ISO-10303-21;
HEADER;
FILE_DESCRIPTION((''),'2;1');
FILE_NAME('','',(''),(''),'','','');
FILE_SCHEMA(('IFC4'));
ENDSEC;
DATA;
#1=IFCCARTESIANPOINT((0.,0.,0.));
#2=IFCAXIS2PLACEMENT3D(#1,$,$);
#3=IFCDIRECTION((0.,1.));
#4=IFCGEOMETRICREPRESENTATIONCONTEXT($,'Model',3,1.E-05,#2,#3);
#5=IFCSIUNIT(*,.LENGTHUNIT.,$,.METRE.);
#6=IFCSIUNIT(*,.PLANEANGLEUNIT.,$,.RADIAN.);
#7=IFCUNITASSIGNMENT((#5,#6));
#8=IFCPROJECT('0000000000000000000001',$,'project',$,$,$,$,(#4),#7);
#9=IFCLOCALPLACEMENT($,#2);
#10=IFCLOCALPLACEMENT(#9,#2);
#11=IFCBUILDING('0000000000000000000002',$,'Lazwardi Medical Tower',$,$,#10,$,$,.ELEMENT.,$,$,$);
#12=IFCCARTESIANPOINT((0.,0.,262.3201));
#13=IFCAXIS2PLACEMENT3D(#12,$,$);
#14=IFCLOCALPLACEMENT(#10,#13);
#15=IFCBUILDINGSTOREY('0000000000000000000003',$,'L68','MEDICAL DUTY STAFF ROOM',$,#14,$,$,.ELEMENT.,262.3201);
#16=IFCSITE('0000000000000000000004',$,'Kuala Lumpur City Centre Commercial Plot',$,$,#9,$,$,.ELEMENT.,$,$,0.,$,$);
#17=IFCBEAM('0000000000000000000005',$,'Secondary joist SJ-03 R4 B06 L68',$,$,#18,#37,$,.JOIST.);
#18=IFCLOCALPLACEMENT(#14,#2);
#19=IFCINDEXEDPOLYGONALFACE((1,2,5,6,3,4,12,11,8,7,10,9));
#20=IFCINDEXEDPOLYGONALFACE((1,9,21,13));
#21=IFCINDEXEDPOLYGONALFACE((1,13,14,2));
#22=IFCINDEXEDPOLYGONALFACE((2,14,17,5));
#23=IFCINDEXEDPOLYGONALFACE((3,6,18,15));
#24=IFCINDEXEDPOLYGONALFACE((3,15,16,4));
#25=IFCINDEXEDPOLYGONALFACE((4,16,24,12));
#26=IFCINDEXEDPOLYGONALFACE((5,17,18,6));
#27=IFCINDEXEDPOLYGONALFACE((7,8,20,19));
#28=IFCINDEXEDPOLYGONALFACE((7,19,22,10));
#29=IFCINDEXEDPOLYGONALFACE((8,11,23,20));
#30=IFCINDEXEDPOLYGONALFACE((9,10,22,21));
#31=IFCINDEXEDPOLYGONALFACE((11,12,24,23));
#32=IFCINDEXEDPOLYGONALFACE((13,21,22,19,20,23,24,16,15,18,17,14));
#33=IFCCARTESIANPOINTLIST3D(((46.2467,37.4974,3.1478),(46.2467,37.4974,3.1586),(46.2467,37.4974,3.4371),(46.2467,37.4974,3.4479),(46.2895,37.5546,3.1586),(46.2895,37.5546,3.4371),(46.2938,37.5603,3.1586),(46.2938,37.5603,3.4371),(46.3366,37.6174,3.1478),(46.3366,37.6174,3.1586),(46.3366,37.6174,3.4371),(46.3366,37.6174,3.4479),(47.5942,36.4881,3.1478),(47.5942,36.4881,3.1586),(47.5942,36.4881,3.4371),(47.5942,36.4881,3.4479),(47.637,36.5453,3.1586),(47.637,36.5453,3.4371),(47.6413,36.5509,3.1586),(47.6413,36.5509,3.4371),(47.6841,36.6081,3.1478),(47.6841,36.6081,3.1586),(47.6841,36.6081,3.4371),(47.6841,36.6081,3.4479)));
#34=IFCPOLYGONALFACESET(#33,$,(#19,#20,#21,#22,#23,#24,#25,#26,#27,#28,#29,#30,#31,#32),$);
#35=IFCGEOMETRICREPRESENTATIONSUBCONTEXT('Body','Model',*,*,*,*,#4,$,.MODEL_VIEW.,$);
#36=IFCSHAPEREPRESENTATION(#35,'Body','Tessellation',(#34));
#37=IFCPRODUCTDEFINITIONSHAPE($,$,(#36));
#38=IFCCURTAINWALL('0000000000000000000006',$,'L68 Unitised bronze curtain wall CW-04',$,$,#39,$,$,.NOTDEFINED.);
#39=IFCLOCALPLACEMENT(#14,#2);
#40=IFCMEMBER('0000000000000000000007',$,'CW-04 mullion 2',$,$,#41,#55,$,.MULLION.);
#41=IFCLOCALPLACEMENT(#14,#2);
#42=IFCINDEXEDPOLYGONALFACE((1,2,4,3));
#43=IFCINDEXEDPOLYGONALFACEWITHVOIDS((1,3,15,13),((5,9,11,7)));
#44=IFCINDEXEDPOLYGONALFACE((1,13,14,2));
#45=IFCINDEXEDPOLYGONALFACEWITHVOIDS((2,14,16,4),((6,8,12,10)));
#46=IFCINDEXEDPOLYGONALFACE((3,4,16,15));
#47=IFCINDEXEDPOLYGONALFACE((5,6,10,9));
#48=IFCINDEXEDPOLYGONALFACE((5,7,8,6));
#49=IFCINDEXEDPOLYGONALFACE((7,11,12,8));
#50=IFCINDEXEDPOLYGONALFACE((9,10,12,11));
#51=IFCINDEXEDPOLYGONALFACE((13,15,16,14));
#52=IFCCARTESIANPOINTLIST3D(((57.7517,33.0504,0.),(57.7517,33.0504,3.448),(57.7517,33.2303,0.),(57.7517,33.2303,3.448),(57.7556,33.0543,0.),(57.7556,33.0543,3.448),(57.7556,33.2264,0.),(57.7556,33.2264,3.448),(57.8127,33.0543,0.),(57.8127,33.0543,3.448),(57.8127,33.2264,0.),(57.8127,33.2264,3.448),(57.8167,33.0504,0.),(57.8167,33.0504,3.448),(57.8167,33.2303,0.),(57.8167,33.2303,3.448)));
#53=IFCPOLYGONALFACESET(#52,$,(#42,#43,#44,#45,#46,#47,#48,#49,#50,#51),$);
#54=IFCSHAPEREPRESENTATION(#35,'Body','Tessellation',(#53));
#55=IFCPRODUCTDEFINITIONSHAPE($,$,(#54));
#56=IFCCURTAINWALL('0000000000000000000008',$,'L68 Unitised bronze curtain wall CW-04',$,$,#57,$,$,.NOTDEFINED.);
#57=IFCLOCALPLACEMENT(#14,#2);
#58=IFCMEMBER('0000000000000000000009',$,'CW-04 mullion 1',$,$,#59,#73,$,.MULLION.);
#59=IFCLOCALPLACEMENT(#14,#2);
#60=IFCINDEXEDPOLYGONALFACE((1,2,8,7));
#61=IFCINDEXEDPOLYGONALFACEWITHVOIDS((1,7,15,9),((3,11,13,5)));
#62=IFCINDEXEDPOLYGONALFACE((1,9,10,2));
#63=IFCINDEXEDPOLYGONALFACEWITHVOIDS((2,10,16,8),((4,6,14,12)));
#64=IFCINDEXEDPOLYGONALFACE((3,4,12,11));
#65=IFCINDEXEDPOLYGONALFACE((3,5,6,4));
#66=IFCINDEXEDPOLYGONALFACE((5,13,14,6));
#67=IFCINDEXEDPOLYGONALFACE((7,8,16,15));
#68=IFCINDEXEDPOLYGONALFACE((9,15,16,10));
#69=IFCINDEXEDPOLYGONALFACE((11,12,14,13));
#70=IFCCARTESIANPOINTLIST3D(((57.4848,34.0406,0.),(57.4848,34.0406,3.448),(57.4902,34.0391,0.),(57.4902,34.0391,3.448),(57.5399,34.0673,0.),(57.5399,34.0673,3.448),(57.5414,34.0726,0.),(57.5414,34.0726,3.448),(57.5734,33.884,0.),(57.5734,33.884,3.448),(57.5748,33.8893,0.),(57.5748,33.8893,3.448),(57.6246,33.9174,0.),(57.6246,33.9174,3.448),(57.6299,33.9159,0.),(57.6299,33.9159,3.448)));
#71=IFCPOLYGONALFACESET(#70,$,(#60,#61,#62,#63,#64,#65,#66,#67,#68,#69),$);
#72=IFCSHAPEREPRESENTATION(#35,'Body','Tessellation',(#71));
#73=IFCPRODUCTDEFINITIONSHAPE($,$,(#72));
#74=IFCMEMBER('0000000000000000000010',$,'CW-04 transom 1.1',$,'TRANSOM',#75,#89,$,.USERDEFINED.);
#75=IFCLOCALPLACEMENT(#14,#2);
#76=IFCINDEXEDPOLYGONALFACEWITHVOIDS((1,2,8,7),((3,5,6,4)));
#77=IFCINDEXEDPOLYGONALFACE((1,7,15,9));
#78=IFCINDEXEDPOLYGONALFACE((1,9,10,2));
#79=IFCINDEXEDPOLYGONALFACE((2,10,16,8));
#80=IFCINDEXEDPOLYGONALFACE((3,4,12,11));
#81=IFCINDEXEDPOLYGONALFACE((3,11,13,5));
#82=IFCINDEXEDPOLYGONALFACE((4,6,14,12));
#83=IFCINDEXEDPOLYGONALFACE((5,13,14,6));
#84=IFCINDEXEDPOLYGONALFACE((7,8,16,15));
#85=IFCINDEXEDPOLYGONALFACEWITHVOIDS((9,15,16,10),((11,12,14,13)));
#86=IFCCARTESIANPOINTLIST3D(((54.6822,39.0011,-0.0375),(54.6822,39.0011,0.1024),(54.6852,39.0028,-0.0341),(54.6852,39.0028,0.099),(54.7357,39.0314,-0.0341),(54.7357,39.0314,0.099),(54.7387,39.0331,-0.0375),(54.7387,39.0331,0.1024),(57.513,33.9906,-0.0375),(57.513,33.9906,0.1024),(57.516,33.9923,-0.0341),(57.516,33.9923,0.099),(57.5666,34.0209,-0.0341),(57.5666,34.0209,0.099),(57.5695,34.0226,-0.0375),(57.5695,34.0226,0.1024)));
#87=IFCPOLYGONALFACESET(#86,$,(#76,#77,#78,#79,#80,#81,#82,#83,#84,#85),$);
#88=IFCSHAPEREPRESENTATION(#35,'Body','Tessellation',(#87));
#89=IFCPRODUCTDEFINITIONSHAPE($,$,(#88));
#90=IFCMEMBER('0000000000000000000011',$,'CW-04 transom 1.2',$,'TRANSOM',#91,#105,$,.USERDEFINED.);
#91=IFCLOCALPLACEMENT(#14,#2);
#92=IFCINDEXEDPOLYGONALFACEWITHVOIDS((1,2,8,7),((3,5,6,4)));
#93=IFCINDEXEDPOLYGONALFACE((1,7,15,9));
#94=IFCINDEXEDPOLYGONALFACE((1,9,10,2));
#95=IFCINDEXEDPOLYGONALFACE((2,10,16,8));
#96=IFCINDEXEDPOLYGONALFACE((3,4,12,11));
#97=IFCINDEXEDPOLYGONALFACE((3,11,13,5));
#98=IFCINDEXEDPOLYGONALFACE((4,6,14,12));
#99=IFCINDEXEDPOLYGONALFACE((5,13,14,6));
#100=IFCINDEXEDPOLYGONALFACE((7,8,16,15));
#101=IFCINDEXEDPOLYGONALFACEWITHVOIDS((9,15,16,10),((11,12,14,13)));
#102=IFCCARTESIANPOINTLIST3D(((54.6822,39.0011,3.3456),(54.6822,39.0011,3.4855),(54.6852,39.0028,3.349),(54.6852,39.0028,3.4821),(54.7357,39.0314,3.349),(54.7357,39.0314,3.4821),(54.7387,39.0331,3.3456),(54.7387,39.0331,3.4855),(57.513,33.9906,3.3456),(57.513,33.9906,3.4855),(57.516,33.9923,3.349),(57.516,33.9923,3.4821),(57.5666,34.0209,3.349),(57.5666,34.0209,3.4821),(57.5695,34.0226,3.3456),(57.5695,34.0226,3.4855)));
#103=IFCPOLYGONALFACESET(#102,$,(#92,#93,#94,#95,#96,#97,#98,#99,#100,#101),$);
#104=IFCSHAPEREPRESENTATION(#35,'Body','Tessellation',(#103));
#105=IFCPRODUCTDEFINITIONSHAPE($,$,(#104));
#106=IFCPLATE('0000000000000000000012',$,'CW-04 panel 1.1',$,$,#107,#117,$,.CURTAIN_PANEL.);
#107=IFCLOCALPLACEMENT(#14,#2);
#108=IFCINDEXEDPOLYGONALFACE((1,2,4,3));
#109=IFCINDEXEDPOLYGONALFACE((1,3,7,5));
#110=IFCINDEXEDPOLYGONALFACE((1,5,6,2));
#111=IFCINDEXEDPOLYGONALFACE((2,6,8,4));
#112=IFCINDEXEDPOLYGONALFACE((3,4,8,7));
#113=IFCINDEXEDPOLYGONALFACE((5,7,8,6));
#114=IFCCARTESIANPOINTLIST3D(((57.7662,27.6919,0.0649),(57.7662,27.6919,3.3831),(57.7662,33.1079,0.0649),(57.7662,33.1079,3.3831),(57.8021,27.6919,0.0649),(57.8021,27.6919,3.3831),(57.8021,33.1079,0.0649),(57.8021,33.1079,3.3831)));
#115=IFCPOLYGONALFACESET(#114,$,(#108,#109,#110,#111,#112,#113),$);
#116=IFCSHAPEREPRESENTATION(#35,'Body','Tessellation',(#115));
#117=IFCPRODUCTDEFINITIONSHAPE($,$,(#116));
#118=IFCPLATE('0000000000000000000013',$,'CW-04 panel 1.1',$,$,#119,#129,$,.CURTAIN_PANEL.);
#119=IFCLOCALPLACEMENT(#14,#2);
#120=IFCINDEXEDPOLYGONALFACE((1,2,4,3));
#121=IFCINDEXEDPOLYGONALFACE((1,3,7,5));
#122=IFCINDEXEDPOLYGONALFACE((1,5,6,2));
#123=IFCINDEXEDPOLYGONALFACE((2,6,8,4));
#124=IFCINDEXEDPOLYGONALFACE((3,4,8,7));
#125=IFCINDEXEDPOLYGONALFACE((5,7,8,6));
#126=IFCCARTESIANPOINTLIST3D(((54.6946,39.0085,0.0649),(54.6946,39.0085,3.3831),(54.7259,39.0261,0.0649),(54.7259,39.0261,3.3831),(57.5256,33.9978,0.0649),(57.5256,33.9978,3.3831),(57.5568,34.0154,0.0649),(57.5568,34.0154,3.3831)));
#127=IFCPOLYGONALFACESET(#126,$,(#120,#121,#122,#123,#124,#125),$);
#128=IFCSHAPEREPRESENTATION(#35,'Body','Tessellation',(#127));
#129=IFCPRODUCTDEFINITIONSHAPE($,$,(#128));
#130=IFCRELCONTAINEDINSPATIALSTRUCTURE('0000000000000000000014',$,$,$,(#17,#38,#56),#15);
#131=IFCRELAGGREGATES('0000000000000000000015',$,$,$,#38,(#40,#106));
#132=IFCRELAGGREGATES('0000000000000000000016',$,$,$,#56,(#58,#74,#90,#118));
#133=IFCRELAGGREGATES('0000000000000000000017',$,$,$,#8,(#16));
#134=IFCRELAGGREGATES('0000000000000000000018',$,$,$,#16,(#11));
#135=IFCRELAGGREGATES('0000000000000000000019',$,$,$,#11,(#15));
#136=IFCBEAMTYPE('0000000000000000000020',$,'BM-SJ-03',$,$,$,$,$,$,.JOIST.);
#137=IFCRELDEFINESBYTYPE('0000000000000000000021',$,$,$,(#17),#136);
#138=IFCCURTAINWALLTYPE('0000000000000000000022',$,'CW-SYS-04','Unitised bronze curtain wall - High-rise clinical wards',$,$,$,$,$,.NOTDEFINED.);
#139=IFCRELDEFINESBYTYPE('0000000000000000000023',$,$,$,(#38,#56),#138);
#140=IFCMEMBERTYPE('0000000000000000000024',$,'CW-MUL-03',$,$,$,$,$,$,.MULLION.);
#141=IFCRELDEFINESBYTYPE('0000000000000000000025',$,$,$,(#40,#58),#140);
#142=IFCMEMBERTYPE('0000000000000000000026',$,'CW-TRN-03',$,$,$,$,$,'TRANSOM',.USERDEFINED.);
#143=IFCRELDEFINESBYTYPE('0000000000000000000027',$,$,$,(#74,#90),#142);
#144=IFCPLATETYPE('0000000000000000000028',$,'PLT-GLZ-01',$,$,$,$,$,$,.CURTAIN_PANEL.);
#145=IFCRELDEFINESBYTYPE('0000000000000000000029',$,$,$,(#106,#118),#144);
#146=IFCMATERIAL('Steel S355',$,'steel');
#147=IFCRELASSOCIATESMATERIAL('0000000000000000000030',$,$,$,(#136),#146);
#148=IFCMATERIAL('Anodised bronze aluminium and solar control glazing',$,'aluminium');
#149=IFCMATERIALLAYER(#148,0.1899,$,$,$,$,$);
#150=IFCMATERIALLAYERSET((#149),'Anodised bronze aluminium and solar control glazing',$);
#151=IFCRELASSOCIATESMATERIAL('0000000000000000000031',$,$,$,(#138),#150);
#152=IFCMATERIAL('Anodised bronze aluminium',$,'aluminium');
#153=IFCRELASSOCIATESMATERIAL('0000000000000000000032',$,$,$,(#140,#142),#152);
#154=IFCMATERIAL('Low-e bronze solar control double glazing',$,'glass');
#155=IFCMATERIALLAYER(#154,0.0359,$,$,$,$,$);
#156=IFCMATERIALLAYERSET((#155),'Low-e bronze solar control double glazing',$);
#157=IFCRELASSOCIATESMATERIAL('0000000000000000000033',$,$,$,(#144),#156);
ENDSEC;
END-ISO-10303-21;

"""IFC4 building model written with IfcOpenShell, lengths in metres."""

from ifc_helpers import new_model, si_unit, direction, frame, origin, origin_2d, place, context, subcontext, project, spatial, rectangle, hollow_rectangle, i_section, extrude, material, layer, layer_set, material_profile, profile_set, type_object, element, aggregate, save


model = new_model("IFC4")

# Units and contexts
model_context = context("Model", 3, precision=1e-05, world=origin(), true_north=direction((0.0, 1.0)))
body_context = subcontext(model_context, "Body", "Model", "MODEL_VIEW")
ifc_project = project(units=[si_unit("LENGTHUNIT", "METRE"), si_unit("PLANEANGLEUNIT", "RADIAN")], contexts=[model_context])

# Site, building, storey
site_placement = place(None, origin())
site = spatial("IfcSite", under=ifc_project, at=site_placement, Name="Kuala Lumpur City Centre Commercial Plot", CompositionType="ELEMENT", RefElevation=0.0)
building_placement = place(site_placement, origin())
building = spatial("IfcBuilding", under=site, at=building_placement, Name="Lazwardi Medical Tower", CompositionType="ELEMENT")
storey_placement = place(building_placement, frame((0.0, 0.0, 262.3201)))
storey = spatial("IfcBuildingStorey", under=building, at=storey_placement, Name="L68", Description="MEDICAL DUTY STAFF ROOM", CompositionType="ELEMENT", Elevation=262.3201)

# Beam
ifc_material_1 = material(Name="Steel S355", Category="steel")
ifc_material_profile_1 = material_profile(ifc_material_1, i_section(OverallWidth=0.1499, OverallDepth=0.3, WebThickness=0.0071, FlangeThickness=0.0107, at=origin_2d()), Name="IPE 300")
ifc_profile_set_1 = profile_set([ifc_material_profile_1], Name="Steel S355")
beam_type_1 = type_object("IfcBeamType", Name="BM-SJ-03", PredefinedType="JOIST", material=ifc_profile_set_1)
beam_1_placement = place(storey_placement, frame((47.6392, 36.5481, 3.2979), z_axis=(-0.800365, 0.599513, 0.0), x_axis=(-0.599513, -0.800365, 0.0)))
element("IfcBeam", 1, at=beam_1_placement, inside=storey, type_object=beam_type_1, Name="Secondary joist SJ-03 R4 B06 L68", PredefinedType="JOIST", context=body_context, shape_type="SweptSolid", body=[
    extrude(i_section(OverallWidth=0.1499, OverallDepth=0.3, WebThickness=0.0071, FlangeThickness=0.0107, at=origin_2d()), origin(), (0.0, 0.0, 1.0), 1.6836),
])

# Curtain wall, member
ifc_material_2 = material(Name="Anodised bronze aluminium and solar control glazing", Category="aluminium")
ifc_layer_1 = layer(ifc_material_2, 0.1899)
ifc_layer_set_1 = layer_set([ifc_layer_1], Name="Anodised bronze aluminium and solar control glazing")
curtain_wall_type = type_object("IfcCurtainWallType", Name="CW-SYS-04", Description="Unitised bronze curtain wall - High-rise clinical wards", PredefinedType="NOTDEFINED", material=ifc_layer_set_1)
curtain_wall_1_placement = place(storey_placement, origin())
curtain_wall_1 = element("IfcCurtainWall", 2, at=curtain_wall_1_placement, inside=storey, type_object=curtain_wall_type, Name="L68 Unitised bronze curtain wall CW-04", PredefinedType="NOTDEFINED")
ifc_material_3 = material(Name="Anodised bronze aluminium", Category="aluminium")
ifc_material_profile_2 = material_profile(ifc_material_3, hollow_rectangle(XDim=0.0649, YDim=0.1799, WallThickness=0.0039, at=origin_2d()), Name="ALU-MULLION 180x65x4")
ifc_profile_set_2 = profile_set([ifc_material_profile_2], Name="Anodised bronze aluminium")
member_type_1 = type_object("IfcMemberType", Name="CW-MUL-03", PredefinedType="MULLION", material=ifc_profile_set_2)
member_1_placement = place(storey_placement, frame((57.7842, 33.1404, 0.0), z_axis=(0.0, 0.0, 1.0), x_axis=(-1.0, 0.0, 0.0)))
member_1 = element("IfcMember", 3, at=member_1_placement, type_object=member_type_1, Name="CW-04 mullion 2", PredefinedType="MULLION", context=body_context, shape_type="SweptSolid", body=[
    extrude(hollow_rectangle(XDim=0.0649, YDim=0.1799, WallThickness=0.0039, at=origin_2d()), origin(), (0.0, 0.0, 1.0), 3.448),
])

# Curtain wall, members
curtain_wall_2_placement = place(storey_placement, origin())
curtain_wall_2 = element("IfcCurtainWall", 4, at=curtain_wall_2_placement, inside=storey, type_object=curtain_wall_type, Name="L68 Unitised bronze curtain wall CW-04", PredefinedType="NOTDEFINED")
member_2_placement = place(storey_placement, frame((57.5574, 33.9783, 0.0), z_axis=(0.0, 0.0, 1.0), x_axis=(-0.870651, -0.4919, 0.0)))
member_2 = element("IfcMember", 5, at=member_2_placement, type_object=member_type_1, Name="CW-04 mullion 1", PredefinedType="MULLION", context=body_context, shape_type="SweptSolid", body=[
    extrude(hollow_rectangle(XDim=0.0649, YDim=0.1799, WallThickness=0.0039, at=origin_2d()), origin(), (0.0, 0.0, 1.0), 3.448),
])
ifc_material_profile_3 = material_profile(ifc_material_3, hollow_rectangle(XDim=0.0649, YDim=0.1399, WallThickness=0.0034, at=origin_2d()), Name="ALU-TRANSOM 140x65x3.5")
ifc_profile_set_3 = profile_set([ifc_material_profile_3], Name="Anodised bronze aluminium")
member_type_2 = type_object("IfcMemberType", Name="CW-TRN-03", ElementType="TRANSOM", PredefinedType="USERDEFINED", material=ifc_profile_set_3)
member_3_placement = place(storey_placement, frame((57.5413, 34.0066, 0.0325), z_axis=(-0.491898, 0.870653, 0.0), x_axis=(-0.870653, -0.491898, 0.0)))
member_3 = element("IfcMember", 6, at=member_3_placement, type_object=member_type_2, Name="CW-04 transom 1.1", ObjectType="TRANSOM", PredefinedType="USERDEFINED", context=body_context, shape_type="SweptSolid", body=[
    extrude(hollow_rectangle(XDim=0.0649, YDim=0.1399, WallThickness=0.0034, at=origin_2d()), origin(), (0.0, 0.0, 1.0), 5.7549),
])
member_4_placement = place(storey_placement, frame((57.5413, 34.0066, 3.4155), z_axis=(-0.491898, 0.870653, 0.0), x_axis=(-0.870653, -0.491898, 0.0)))
member_4 = element("IfcMember", 7, at=member_4_placement, type_object=member_type_2, Name="CW-04 transom 1.2", ObjectType="TRANSOM", PredefinedType="USERDEFINED", context=body_context, shape_type="SweptSolid", body=[
    extrude(hollow_rectangle(XDim=0.0649, YDim=0.1399, WallThickness=0.0034, at=origin_2d()), origin(), (0.0, 0.0, 1.0), 5.7549),
])

# Plates
ifc_material_4 = material(Name="Low-e bronze solar control double glazing", Category="glass")
ifc_layer_2 = layer(ifc_material_4, 0.0359)
ifc_layer_set_2 = layer_set([ifc_layer_2], Name="Low-e bronze solar control double glazing")
plate_type = type_object("IfcPlateType", Name="PLT-GLZ-01", PredefinedType="CURTAIN_PANEL", material=ifc_layer_set_2)
plate_1_placement = place(storey_placement, frame((57.7842, 30.3999, 0.0649), z_axis=(0.0, 0.0, 1.0), x_axis=(0.0, 1.0, 0.0)))
plate_1 = element("IfcPlate", 8, at=plate_1_placement, type_object=plate_type, Name="CW-04 panel 1.1", PredefinedType="CURTAIN_PANEL", context=body_context, shape_type="SweptSolid", body=[
    extrude(rectangle(XDim=5.416, YDim=0.0359, at=origin_2d()), origin(), (0.0, 0.0, 1.0), 3.3181),
])
aggregate(curtain_wall_1, [member_1, plate_1])
plate_2_placement = place(storey_placement, frame((56.1257, 36.512, 0.0649), z_axis=(0.0, 0.0, 1.0), x_axis=(-0.4919, 0.870651, 0.0)))
plate_2 = element("IfcPlate", 9, at=plate_2_placement, type_object=plate_type, Name="CW-04 panel 1.1", PredefinedType="CURTAIN_PANEL", context=body_context, shape_type="SweptSolid", body=[
    extrude(rectangle(XDim=5.7551, YDim=0.0359, at=origin_2d()), origin(), (0.0, 0.0, 1.0), 3.3181),
])
aggregate(curtain_wall_2, [member_2, member_3, member_4, plate_2])

save(model, "model.ifc")
